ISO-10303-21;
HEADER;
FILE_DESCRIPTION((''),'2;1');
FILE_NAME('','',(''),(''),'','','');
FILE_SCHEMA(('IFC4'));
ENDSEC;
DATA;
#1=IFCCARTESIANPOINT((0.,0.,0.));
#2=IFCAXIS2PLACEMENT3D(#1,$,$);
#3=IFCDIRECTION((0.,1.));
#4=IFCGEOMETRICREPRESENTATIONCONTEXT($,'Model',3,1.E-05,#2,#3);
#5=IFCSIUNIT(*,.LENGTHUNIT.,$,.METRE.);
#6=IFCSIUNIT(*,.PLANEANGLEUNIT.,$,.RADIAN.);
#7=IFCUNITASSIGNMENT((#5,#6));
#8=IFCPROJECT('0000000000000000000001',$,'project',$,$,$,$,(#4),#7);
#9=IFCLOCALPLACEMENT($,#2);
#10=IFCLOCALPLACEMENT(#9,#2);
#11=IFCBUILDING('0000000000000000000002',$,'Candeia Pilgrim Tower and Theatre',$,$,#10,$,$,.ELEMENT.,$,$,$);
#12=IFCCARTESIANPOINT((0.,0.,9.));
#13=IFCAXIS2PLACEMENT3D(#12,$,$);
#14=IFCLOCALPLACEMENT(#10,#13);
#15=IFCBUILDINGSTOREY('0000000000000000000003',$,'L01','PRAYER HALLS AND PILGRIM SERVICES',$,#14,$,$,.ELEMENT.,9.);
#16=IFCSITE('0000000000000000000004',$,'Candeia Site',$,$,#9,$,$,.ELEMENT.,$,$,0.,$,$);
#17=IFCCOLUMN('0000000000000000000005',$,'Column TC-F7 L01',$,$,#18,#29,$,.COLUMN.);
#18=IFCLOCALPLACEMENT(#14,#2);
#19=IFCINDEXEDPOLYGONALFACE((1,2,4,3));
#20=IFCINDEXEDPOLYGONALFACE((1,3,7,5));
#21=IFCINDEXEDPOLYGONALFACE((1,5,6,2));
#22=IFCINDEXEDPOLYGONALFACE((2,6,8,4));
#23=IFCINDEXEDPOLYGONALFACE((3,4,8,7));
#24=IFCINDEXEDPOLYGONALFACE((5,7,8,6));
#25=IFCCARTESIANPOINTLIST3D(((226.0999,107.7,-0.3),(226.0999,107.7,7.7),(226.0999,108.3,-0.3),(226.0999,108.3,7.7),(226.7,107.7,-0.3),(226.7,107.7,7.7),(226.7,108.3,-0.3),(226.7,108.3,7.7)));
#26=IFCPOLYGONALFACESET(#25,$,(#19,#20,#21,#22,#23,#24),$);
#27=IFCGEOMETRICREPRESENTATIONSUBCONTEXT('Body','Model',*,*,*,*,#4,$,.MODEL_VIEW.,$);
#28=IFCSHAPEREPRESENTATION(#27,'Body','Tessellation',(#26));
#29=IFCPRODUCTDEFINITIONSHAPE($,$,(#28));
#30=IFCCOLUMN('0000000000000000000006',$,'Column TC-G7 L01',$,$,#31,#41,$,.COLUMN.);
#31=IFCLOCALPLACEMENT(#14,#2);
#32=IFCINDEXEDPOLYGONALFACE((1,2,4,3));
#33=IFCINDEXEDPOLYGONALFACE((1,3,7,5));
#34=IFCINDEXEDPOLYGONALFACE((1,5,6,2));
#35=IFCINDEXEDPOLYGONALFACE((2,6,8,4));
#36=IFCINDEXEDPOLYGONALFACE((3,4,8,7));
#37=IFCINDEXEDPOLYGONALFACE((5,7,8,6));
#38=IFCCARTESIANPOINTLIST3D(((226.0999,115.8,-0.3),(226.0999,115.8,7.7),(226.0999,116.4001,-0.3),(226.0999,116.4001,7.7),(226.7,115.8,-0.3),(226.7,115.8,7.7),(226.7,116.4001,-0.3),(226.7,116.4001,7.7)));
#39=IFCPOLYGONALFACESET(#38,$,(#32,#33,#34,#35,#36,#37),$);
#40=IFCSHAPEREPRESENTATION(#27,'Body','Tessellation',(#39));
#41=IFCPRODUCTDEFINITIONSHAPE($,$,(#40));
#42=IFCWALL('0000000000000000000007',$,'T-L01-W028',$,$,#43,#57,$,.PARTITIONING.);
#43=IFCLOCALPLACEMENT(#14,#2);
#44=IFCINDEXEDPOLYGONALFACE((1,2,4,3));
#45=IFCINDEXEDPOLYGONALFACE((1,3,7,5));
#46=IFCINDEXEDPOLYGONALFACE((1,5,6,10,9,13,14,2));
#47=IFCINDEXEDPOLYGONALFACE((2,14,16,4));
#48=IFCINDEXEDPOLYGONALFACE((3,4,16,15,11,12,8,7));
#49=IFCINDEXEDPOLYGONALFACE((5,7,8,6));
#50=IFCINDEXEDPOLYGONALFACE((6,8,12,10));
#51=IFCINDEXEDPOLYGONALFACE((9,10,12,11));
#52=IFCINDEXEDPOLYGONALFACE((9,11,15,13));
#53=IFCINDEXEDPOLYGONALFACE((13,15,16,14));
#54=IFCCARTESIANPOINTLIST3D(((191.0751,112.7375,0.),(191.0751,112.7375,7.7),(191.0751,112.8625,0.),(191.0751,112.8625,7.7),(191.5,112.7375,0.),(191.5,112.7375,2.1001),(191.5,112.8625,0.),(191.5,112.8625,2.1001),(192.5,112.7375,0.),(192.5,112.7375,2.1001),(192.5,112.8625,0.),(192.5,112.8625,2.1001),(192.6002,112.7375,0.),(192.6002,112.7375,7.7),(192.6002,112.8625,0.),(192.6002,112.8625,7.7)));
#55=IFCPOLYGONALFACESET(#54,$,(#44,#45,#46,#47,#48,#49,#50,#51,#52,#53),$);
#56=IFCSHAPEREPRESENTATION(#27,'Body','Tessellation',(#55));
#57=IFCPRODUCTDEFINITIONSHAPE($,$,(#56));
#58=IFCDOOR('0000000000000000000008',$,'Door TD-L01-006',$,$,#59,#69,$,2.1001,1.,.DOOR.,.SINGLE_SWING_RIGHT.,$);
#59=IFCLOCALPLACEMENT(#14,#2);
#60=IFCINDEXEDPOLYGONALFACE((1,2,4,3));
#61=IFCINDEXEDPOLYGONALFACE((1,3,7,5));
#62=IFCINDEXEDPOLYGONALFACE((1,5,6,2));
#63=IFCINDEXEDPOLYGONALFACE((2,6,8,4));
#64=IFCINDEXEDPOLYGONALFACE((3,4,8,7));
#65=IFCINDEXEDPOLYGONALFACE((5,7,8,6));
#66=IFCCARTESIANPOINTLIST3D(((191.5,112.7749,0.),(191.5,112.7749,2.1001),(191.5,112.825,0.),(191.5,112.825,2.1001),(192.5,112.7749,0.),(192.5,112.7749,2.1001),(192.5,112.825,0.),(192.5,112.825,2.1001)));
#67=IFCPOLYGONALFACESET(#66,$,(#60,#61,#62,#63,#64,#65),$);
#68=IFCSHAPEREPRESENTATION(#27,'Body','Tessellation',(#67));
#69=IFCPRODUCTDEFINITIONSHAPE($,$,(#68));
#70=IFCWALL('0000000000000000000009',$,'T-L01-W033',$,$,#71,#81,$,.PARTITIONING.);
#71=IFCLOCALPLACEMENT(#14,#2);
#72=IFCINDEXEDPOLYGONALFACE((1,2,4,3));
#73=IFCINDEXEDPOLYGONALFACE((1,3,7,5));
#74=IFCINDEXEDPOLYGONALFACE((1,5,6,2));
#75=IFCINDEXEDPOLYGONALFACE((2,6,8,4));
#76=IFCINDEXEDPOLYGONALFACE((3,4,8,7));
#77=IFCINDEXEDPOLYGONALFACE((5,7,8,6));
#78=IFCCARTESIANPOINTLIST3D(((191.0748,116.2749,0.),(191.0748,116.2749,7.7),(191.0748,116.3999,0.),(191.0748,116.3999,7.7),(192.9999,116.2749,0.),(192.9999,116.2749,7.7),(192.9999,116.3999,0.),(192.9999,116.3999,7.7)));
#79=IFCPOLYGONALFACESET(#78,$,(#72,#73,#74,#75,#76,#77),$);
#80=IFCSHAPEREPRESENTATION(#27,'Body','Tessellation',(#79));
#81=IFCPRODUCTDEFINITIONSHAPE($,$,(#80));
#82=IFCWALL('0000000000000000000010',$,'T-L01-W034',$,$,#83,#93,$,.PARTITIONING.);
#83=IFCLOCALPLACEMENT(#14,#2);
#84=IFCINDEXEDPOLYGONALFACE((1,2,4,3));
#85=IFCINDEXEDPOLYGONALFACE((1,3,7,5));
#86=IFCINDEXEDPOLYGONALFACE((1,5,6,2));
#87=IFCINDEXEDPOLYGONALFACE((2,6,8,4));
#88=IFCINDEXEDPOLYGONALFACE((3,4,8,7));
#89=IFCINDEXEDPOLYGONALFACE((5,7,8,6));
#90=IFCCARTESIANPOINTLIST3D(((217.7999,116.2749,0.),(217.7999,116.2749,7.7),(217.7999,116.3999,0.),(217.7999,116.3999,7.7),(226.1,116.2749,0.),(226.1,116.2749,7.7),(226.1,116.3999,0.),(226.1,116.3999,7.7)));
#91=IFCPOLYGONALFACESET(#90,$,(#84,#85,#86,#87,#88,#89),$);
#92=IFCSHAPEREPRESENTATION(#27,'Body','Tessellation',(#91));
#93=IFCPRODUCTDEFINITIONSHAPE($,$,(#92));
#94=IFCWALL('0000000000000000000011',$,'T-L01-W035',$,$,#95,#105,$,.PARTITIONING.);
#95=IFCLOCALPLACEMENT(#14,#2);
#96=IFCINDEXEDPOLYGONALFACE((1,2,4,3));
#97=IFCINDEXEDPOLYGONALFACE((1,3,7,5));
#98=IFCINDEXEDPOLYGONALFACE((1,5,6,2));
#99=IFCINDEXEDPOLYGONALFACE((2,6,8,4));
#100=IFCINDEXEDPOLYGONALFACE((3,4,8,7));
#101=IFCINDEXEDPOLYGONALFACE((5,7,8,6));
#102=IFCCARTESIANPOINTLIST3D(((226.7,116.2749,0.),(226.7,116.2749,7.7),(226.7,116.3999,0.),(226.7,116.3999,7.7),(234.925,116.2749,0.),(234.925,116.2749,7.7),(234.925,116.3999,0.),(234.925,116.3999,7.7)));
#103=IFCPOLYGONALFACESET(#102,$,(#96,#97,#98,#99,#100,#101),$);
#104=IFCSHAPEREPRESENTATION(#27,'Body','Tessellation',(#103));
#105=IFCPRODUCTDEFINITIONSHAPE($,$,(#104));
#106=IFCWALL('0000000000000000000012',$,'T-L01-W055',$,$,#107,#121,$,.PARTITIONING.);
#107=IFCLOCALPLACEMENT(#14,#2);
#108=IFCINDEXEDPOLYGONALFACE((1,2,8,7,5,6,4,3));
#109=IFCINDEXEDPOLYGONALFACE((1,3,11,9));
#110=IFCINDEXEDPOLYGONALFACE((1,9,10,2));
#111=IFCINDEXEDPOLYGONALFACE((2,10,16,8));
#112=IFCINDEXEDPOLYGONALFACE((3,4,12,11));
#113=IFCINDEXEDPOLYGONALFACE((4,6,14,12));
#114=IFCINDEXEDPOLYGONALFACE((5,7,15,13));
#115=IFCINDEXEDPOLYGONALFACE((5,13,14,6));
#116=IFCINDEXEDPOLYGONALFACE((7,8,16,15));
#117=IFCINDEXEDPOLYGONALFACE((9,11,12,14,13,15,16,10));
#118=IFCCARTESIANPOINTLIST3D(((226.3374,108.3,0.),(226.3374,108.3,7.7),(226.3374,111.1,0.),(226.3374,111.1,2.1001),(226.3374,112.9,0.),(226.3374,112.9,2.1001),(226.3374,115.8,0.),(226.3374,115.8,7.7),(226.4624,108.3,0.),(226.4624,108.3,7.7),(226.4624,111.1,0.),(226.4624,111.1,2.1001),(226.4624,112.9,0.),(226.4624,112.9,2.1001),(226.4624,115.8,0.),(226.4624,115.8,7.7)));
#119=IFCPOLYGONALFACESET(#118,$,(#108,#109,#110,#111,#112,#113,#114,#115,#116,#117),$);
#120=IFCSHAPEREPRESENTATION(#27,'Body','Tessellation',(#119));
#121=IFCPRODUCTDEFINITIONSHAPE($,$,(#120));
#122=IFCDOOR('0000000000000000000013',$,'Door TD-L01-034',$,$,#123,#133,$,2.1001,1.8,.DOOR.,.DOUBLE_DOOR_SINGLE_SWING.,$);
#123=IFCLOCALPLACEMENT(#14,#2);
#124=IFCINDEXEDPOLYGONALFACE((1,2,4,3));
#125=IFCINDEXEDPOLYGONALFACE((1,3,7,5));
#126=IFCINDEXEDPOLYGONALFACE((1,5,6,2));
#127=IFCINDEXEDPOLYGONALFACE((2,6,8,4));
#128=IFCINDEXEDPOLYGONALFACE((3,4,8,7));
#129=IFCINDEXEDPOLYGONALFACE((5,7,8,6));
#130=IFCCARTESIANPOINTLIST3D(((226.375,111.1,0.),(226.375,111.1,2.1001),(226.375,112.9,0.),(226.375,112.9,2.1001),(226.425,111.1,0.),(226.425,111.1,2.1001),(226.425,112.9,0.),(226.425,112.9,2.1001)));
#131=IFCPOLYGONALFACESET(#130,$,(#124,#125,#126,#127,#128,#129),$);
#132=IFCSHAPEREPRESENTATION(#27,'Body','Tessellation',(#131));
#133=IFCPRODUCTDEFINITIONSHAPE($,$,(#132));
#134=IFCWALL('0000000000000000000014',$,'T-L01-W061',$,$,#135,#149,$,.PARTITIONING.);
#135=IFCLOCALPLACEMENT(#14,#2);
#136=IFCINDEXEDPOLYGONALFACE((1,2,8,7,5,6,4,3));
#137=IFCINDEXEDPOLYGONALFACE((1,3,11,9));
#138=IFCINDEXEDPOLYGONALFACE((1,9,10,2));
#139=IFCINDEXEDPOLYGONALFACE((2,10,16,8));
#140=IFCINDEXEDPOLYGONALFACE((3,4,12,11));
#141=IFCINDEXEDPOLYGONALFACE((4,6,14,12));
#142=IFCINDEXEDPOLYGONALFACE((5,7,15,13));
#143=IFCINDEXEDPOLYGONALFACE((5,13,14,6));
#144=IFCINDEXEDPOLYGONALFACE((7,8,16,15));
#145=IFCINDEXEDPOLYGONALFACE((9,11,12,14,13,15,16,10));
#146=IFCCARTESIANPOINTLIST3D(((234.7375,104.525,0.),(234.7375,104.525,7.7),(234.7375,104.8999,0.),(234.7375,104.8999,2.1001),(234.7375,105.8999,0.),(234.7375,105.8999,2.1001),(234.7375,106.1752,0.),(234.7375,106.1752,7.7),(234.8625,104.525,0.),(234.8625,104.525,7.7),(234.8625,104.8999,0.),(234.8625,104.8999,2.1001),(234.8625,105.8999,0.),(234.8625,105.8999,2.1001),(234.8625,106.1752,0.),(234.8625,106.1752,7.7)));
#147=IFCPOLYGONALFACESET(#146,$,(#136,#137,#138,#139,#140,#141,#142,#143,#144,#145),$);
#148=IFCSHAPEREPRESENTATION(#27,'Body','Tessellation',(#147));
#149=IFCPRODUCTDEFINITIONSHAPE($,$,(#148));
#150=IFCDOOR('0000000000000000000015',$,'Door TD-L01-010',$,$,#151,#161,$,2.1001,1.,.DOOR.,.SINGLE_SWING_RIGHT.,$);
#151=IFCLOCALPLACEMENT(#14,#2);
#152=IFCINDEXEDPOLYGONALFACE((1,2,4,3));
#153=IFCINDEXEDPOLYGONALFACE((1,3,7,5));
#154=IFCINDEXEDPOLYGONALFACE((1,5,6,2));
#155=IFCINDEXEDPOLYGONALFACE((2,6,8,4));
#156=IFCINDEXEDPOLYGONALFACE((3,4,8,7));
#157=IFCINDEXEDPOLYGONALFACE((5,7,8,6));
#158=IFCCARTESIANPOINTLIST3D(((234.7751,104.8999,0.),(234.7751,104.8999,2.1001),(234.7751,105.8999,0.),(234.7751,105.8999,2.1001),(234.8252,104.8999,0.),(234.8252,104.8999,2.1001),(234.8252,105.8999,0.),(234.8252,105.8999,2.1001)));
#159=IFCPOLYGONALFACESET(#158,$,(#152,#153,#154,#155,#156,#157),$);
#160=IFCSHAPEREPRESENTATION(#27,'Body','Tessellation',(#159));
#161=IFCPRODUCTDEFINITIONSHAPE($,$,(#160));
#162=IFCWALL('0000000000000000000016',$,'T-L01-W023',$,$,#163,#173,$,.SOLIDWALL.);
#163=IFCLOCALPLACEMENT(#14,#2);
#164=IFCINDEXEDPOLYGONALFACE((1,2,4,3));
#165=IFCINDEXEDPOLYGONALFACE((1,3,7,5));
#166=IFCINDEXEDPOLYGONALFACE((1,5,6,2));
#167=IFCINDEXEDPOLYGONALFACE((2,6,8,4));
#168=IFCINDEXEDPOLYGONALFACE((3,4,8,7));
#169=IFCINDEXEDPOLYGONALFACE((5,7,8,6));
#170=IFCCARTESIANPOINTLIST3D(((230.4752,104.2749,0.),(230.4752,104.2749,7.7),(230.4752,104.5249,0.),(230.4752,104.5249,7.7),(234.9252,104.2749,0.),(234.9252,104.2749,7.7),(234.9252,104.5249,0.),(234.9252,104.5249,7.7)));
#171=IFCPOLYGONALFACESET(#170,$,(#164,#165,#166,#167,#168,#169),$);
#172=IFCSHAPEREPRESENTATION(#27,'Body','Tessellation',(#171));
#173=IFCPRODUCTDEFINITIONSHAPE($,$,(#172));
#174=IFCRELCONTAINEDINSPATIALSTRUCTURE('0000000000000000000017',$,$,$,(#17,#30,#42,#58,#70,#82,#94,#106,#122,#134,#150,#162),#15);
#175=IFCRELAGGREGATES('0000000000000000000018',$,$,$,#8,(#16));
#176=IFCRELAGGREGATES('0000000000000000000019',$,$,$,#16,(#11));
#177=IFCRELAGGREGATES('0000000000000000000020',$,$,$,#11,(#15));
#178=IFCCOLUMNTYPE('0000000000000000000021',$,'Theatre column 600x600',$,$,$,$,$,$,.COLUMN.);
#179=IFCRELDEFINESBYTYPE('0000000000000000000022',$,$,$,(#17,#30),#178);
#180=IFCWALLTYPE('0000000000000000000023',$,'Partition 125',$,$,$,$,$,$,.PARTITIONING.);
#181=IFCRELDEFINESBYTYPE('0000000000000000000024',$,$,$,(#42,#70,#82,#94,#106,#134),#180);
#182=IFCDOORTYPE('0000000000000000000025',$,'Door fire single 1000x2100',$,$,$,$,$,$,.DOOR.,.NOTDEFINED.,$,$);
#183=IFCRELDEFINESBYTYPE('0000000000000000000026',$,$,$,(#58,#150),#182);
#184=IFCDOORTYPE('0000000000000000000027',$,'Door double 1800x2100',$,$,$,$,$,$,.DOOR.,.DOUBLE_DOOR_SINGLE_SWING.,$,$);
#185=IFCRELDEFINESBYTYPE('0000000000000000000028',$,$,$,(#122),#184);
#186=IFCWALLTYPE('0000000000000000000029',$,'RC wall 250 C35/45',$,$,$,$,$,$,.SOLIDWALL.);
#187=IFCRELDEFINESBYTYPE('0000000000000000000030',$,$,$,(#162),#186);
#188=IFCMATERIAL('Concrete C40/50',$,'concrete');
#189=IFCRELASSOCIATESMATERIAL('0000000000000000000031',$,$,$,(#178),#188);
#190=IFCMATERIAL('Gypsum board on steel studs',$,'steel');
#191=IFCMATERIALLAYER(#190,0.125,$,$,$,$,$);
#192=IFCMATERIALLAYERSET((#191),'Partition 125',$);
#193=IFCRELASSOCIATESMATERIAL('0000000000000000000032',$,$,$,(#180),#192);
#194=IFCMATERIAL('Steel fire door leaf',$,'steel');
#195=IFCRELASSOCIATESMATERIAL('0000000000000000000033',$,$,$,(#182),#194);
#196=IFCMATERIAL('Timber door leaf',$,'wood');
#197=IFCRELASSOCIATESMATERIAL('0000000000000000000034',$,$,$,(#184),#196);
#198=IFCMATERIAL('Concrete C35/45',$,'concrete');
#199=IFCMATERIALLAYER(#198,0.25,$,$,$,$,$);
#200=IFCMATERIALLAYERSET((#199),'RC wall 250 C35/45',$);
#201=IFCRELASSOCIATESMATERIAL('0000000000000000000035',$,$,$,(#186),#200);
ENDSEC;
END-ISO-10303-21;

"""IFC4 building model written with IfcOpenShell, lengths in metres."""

from ifc_helpers import new_model, si_unit, direction, frame, frame_2d, origin, origin_2d, place, context, subcontext, project, spatial, rectangle, extrude, material, layer, layer_set, material_profile, profile_set, type_object, element, fill, save


model = new_model("IFC4")

# Units and contexts
model_context = context("Model", 3, precision=1e-05, world=origin(), true_north=direction((0.0, 1.0)))
body_context = subcontext(model_context, "Body", "Model", "MODEL_VIEW")
ifc_project = project(units=[si_unit("LENGTHUNIT", "METRE"), si_unit("PLANEANGLEUNIT", "RADIAN")], contexts=[model_context])

# Site, building, storey
site_placement = place(None, origin())
site = spatial("IfcSite", under=ifc_project, at=site_placement, Name="Candeia Site", CompositionType="ELEMENT", RefElevation=0.0)
building_placement = place(site_placement, origin())
building = spatial("IfcBuilding", under=site, at=building_placement, Name="Candeia Pilgrim Tower and Theatre", CompositionType="ELEMENT")
storey_placement = place(building_placement, frame((0.0, 0.0, 9.0)))
storey = spatial("IfcBuildingStorey", under=building, at=storey_placement, Name="L01", Description="PRAYER HALLS AND PILGRIM SERVICES", CompositionType="ELEMENT", Elevation=9.0)

# Columns
ifc_material_1 = material(Name="Concrete C40/50", Category="concrete")
ifc_material_profile = material_profile(ifc_material_1, rectangle(XDim=0.6001, YDim=0.6001, at=origin_2d()))
ifc_profile_set = profile_set([ifc_material_profile], Name="Concrete C40/50")
column_type = type_object("IfcColumnType", Name="Theatre column 600x600", PredefinedType="COLUMN", material=ifc_profile_set)
for number, where, z_axis, x_axis, name in (
    (1, (226.3999, 108.0, -0.3), (0.0, 0.0, 1.0), (1.0, 0.0, 0.0), "Column TC-F7 L01"),
    (2, (226.3999, 116.1001, -0.3), (0.0, 0.0, 1.0), (1.0, 0.0, 0.0), "Column TC-G7 L01"),
):
    element("IfcColumn", number, at=place(storey_placement, frame(where, z_axis=z_axis, x_axis=x_axis)), inside=storey, type_object=column_type, Name=name, PredefinedType="COLUMN", context=body_context, shape_type="SweptSolid", body=[
        extrude(rectangle(XDim=0.6001, YDim=0.6001, at=origin_2d()), origin(), (0.0, 0.0, 1.0), 8.0),
    ])

# Wall, opening, door
ifc_material_2 = material(Name="Gypsum board on steel studs", Category="steel")
ifc_layer_1 = layer(ifc_material_2, 0.125)
ifc_layer_set_1 = layer_set([ifc_layer_1], Name="Partition 125")
wall_type_1 = type_object("IfcWallType", Name="Partition 125", PredefinedType="PARTITIONING", material=ifc_layer_set_1)
wall_1_placement = place(storey_placement, frame((191.075, 112.8, 0.0), z_axis=(0.0, 0.0, 1.0), x_axis=(1.0, 0.0, 0.0)))
wall_1 = element("IfcWall", 3, at=wall_1_placement, inside=storey, type_object=wall_type_1, Name="T-L01-W028", PredefinedType="PARTITIONING", context=body_context, shape_type="SweptSolid", body=[
    extrude(rectangle(XDim=1.5251, YDim=0.125, at=frame_2d((0.7627, 0.0))), origin(), (0.0, 0.0, 1.0), 7.7),
])
opening_1_placement = place(wall_1_placement, frame((0.425, 0.0, 0.0)))
opening_1 = element("IfcOpeningElement", 4, at=opening_1_placement, cuts=wall_1, PredefinedType="OPENING", context=body_context, shape_type="SweptSolid", body=[
    extrude(rectangle(XDim=1.0, YDim=2.1001, at=frame_2d((0.5, 1.05))), frame((0.0, 0.0725, 0.0), z_axis=(0.0, -1.0, 0.0), x_axis=(1.0, 0.0, 0.0)), (0.0, 0.0, 1.0), 0.145),
])
ifc_material_3 = material(Name="Steel fire door leaf", Category="steel")
door_type_1 = type_object("IfcDoorType", Name="Door fire single 1000x2100", OperationType="NOTDEFINED", PredefinedType="DOOR", material=ifc_material_3)
door_1_placement = place(opening_1_placement, origin())
door_1 = element("IfcDoor", 5, at=door_1_placement, inside=storey, type_object=door_type_1, Name="Door TD-L01-006", OperationType="SINGLE_SWING_RIGHT", OverallHeight=2.1001, OverallWidth=1.0, PredefinedType="DOOR", context=body_context, shape_type="SweptSolid", body=[
    extrude(rectangle(XDim=1.0, YDim=2.1001, at=frame_2d((0.5, 1.05))), frame((0.0, 0.0249, 0.0), z_axis=(0.0, -1.0, 0.0), x_axis=(1.0, 0.0, 0.0)), (0.0, 0.0, 1.0), 0.05),
])
fill(opening_1, door_1)

# Walls
wall_2_placement = place(storey_placement, frame((191.075, 116.3374, 0.0), z_axis=(0.0, 0.0, 1.0), x_axis=(1.0, 0.0, 0.0)))
element("IfcWall", 6, at=wall_2_placement, inside=storey, type_object=wall_type_1, Name="T-L01-W033", PredefinedType="PARTITIONING", context=body_context, shape_type="SweptSolid", body=[
    extrude(rectangle(XDim=1.925, YDim=0.125, at=frame_2d((0.9624, 0.0))), origin(), (0.0, 0.0, 1.0), 7.7),
])
wall_3_placement = place(storey_placement, frame((217.8, 116.3374, 0.0), z_axis=(0.0, 0.0, 1.0), x_axis=(1.0, 0.0, 0.0)))
element("IfcWall", 7, at=wall_3_placement, inside=storey, type_object=wall_type_1, Name="T-L01-W034", PredefinedType="PARTITIONING", context=body_context, shape_type="SweptSolid", body=[
    extrude(rectangle(XDim=8.3, YDim=0.125, at=frame_2d((4.1499, 0.0))), origin(), (0.0, 0.0, 1.0), 7.7),
])
wall_4_placement = place(storey_placement, frame((226.7, 116.3374, 0.0), z_axis=(0.0, 0.0, 1.0), x_axis=(1.0, 0.0, 0.0)))
element("IfcWall", 8, at=wall_4_placement, inside=storey, type_object=wall_type_1, Name="T-L01-W035", PredefinedType="PARTITIONING", context=body_context, shape_type="SweptSolid", body=[
    extrude(rectangle(XDim=8.2251, YDim=0.125, at=frame_2d((4.1125, 0.0))), origin(), (0.0, 0.0, 1.0), 7.7),
])

# Walls, openings, doors
wall_5_placement = place(storey_placement, frame((226.3999, 108.3, 0.0), z_axis=(0.0, 0.0, 1.0), x_axis=(0.0, 1.0, 0.0)))
wall_5 = element("IfcWall", 9, at=wall_5_placement, inside=storey, type_object=wall_type_1, Name="T-L01-W055", PredefinedType="PARTITIONING", context=body_context, shape_type="SweptSolid", body=[
    extrude(rectangle(XDim=7.5, YDim=0.125, at=frame_2d((3.75, 0.0))), origin(), (0.0, 0.0, 1.0), 7.7),
])
opening_2_placement = place(wall_5_placement, frame((2.8, 0.0, 0.0)))
opening_2 = element("IfcOpeningElement", 10, at=opening_2_placement, cuts=wall_5, PredefinedType="OPENING", context=body_context, shape_type="SweptSolid", body=[
    extrude(rectangle(XDim=1.8, YDim=2.1001, at=frame_2d((0.8999, 1.05))), frame((0.0, 0.0725, 0.0), z_axis=(0.0, -1.0, 0.0), x_axis=(1.0, 0.0, 0.0)), (0.0, 0.0, 1.0), 0.145),
])
ifc_material_4 = material(Name="Timber door leaf", Category="wood")
door_type_2 = type_object("IfcDoorType", Name="Door double 1800x2100", OperationType="DOUBLE_DOOR_SINGLE_SWING", PredefinedType="DOOR", material=ifc_material_4)
door_2_placement = place(opening_2_placement, origin())
door_2 = element("IfcDoor", 11, at=door_2_placement, inside=storey, type_object=door_type_2, Name="Door TD-L01-034", OperationType="DOUBLE_DOOR_SINGLE_SWING", OverallHeight=2.1001, OverallWidth=1.8, PredefinedType="DOOR", context=body_context, shape_type="SweptSolid", body=[
    extrude(rectangle(XDim=1.8, YDim=2.1001, at=frame_2d((0.8999, 1.05))), frame((0.0, 0.0249, 0.0), z_axis=(0.0, -1.0, 0.0), x_axis=(1.0, 0.0, 0.0)), (0.0, 0.0, 1.0), 0.05),
])
fill(opening_2, door_2)
wall_6_placement = place(storey_placement, frame((234.8, 104.5249, 0.0), z_axis=(0.0, 0.0, 1.0), x_axis=(0.0, 1.0, 0.0)))
wall_6 = element("IfcWall", 12, at=wall_6_placement, inside=storey, type_object=wall_type_1, Name="T-L01-W061", PredefinedType="PARTITIONING", context=body_context, shape_type="SweptSolid", body=[
    extrude(rectangle(XDim=1.6501, YDim=0.125, at=frame_2d((0.8252, 0.0))), origin(), (0.0, 0.0, 1.0), 7.7),
])
opening_3_placement = place(wall_6_placement, frame((0.375, 0.0, 0.0)))
opening_3 = element("IfcOpeningElement", 13, at=opening_3_placement, cuts=wall_6, PredefinedType="OPENING", context=body_context, shape_type="SweptSolid", body=[
    extrude(rectangle(XDim=1.0, YDim=2.1001, at=frame_2d((0.5, 1.05))), frame((0.0, 0.0725, 0.0), z_axis=(0.0, -1.0, 0.0), x_axis=(1.0, 0.0, 0.0)), (0.0, 0.0, 1.0), 0.145),
])
door_3_placement = place(opening_3_placement, origin())
door_3 = element("IfcDoor", 14, at=door_3_placement, inside=storey, type_object=door_type_1, Name="Door TD-L01-010", OperationType="SINGLE_SWING_RIGHT", OverallHeight=2.1001, OverallWidth=1.0, PredefinedType="DOOR", context=body_context, shape_type="SweptSolid", body=[
    extrude(rectangle(XDim=1.0, YDim=2.1001, at=frame_2d((0.5, 1.05))), frame((0.0, 0.0249, 0.0), z_axis=(0.0, -1.0, 0.0), x_axis=(1.0, 0.0, 0.0)), (0.0, 0.0, 1.0), 0.05),
])
fill(opening_3, door_3)

# Wall
ifc_material_5 = material(Name="Concrete C35/45", Category="concrete")
ifc_layer_2 = layer(ifc_material_5, 0.25)
ifc_layer_set_2 = layer_set([ifc_layer_2], Name="RC wall 250 C35/45")
wall_type_2 = type_object("IfcWallType", Name="RC wall 250 C35/45", PredefinedType="SOLIDWALL", material=ifc_layer_set_2)
wall_7_placement = place(storey_placement, frame((230.4751, 104.3999, 0.0), z_axis=(0.0, 0.0, 1.0), x_axis=(1.0, 0.0, 0.0)))
element("IfcWall", 15, at=wall_7_placement, inside=storey, type_object=wall_type_2, Name="T-L01-W023", PredefinedType="SOLIDWALL", context=body_context, shape_type="SweptSolid", body=[
    extrude(rectangle(XDim=4.45, YDim=0.25, at=frame_2d((2.2251, 0.0))), origin(), (0.0, 0.0, 1.0), 7.7),
])

save(model, "model.ifc")
